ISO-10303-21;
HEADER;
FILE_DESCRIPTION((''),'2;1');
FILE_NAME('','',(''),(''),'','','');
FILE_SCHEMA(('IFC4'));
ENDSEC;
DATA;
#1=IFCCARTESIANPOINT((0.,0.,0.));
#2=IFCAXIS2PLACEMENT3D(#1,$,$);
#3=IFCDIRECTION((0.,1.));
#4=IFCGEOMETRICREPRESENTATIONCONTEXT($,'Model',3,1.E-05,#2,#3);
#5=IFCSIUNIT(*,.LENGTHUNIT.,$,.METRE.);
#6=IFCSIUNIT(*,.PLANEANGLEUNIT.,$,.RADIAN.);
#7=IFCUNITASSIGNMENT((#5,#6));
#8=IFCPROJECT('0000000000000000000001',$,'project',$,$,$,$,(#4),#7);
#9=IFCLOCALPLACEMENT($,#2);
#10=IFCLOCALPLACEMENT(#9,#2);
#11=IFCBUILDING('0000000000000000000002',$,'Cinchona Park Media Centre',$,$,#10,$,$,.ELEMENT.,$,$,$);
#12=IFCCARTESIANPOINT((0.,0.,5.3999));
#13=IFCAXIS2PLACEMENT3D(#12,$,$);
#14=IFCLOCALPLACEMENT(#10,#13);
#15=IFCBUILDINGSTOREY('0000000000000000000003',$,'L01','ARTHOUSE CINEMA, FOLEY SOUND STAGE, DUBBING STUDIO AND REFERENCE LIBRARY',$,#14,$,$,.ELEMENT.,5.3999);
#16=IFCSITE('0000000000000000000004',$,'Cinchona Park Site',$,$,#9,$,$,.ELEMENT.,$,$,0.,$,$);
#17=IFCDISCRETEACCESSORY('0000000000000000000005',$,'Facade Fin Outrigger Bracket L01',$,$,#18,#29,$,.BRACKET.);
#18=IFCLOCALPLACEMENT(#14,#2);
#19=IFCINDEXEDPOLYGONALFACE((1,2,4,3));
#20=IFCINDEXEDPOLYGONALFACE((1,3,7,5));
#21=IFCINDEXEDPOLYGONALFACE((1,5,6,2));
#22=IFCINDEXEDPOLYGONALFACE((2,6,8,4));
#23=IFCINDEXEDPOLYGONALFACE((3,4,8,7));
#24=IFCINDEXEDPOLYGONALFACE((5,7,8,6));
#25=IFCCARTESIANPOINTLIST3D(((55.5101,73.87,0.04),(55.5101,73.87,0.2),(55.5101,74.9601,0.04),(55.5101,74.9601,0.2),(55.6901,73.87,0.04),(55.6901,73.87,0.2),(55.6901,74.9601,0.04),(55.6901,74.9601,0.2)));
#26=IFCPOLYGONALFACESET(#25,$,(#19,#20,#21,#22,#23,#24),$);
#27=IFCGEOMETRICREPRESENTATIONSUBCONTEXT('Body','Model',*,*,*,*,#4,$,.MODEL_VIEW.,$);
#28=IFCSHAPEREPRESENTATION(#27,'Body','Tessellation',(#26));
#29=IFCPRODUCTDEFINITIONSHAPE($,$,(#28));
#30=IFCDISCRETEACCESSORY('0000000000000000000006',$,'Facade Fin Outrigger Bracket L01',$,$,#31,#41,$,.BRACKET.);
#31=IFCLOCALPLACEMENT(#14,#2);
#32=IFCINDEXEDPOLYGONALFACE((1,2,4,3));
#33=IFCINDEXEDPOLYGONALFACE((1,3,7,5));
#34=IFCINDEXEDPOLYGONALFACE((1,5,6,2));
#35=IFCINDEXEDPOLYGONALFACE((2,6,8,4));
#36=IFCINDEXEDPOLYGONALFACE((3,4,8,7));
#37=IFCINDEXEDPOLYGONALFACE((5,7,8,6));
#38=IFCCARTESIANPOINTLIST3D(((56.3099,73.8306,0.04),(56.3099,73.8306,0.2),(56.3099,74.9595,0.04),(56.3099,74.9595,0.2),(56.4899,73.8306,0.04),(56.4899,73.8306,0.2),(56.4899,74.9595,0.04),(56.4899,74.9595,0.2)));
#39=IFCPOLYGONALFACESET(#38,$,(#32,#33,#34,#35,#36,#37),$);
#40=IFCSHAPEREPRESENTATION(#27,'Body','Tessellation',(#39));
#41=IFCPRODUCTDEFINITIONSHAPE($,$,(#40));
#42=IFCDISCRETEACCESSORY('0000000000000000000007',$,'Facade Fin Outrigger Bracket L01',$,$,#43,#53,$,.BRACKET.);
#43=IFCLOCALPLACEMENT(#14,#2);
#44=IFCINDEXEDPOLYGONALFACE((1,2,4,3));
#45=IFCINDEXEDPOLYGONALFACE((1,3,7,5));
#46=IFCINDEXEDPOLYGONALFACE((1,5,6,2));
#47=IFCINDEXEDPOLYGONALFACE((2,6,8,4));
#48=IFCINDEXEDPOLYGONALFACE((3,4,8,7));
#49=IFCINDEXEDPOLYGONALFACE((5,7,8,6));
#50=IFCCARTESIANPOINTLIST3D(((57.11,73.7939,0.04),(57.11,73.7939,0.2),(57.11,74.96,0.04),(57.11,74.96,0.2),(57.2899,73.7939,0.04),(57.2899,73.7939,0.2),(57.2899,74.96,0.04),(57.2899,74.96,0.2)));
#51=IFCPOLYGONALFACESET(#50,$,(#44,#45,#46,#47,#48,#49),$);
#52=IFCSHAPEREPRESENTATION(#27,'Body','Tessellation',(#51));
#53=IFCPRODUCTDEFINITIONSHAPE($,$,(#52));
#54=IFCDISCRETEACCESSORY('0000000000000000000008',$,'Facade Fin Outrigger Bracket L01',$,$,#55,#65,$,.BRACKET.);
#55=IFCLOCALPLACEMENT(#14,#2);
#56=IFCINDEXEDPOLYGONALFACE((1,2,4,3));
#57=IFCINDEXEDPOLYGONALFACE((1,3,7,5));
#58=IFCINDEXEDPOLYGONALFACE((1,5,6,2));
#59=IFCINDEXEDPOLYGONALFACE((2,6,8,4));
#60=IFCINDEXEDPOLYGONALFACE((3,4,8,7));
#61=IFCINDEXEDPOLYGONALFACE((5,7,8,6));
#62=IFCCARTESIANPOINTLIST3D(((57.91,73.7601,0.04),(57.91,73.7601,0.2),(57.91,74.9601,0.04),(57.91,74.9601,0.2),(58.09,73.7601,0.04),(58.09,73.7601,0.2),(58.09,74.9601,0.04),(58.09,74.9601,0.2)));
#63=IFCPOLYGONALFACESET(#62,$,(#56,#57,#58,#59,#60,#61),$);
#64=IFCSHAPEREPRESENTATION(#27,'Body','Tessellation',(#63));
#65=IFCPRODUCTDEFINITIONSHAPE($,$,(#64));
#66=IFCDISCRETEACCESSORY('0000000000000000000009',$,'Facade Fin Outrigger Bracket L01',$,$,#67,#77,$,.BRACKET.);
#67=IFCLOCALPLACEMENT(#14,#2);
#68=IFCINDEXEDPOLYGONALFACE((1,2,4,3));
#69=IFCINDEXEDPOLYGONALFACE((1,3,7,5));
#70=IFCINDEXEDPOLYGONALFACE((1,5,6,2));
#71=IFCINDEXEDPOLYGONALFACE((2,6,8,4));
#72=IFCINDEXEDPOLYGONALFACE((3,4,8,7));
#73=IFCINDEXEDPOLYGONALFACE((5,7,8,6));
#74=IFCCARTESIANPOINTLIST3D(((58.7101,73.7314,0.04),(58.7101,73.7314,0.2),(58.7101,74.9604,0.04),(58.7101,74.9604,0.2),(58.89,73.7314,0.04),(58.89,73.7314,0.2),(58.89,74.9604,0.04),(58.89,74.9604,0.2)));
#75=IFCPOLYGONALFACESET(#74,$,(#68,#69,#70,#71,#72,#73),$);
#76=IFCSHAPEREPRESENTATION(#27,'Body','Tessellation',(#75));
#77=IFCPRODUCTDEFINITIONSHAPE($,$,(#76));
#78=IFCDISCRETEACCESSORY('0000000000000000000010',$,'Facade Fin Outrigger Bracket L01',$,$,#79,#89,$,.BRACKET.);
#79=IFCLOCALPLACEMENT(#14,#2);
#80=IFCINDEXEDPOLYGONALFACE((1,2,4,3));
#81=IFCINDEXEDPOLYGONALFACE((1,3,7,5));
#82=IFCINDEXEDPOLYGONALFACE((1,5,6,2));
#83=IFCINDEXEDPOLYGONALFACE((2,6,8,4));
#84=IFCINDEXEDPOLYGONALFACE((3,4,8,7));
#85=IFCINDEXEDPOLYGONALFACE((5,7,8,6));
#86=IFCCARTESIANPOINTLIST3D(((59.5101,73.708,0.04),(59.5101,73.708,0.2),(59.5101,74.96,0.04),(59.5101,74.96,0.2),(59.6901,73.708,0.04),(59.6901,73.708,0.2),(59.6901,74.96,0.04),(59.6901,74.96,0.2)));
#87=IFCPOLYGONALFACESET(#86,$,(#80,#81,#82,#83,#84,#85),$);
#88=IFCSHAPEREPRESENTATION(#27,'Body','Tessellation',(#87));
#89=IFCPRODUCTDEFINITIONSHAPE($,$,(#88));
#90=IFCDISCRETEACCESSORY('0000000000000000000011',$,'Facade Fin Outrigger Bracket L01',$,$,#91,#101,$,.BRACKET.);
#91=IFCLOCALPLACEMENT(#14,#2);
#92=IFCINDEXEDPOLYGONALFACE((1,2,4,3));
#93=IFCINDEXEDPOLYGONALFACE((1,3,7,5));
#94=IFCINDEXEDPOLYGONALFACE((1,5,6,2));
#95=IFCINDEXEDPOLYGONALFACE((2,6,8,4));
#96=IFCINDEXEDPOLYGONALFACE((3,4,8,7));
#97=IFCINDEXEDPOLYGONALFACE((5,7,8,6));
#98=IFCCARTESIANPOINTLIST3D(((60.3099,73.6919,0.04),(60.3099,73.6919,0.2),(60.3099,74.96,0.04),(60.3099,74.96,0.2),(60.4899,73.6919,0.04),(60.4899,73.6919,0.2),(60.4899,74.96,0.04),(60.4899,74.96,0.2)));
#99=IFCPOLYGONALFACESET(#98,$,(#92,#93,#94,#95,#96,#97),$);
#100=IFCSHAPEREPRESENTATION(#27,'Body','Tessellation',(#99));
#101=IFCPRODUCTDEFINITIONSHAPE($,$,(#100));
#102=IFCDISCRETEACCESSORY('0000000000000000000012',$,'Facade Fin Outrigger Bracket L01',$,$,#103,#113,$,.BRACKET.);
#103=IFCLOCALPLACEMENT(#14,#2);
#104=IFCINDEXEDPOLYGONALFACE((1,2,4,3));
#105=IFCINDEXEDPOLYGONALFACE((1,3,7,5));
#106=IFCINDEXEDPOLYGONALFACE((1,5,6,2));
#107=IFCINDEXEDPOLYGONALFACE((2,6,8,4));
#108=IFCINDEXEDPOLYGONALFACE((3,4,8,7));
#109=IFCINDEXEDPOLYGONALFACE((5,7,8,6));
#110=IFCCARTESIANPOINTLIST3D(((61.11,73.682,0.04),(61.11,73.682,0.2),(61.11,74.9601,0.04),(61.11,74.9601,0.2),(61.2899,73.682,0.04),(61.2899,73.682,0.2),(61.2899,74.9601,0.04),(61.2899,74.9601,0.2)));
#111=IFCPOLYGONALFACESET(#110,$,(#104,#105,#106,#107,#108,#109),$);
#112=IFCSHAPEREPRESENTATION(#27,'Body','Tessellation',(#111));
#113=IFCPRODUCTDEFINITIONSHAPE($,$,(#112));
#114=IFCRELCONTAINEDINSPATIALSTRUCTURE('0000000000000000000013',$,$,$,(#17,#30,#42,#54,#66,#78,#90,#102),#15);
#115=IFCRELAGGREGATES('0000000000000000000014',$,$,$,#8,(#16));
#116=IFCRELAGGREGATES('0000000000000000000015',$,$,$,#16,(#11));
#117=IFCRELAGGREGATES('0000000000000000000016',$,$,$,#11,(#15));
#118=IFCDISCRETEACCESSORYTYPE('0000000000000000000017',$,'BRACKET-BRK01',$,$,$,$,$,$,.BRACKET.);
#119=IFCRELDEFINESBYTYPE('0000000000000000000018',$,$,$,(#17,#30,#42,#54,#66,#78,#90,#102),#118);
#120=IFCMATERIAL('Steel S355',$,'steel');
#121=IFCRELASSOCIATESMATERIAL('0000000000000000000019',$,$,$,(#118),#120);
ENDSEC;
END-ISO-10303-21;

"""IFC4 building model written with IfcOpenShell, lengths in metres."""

from ifc_helpers import new_model, si_unit, direction, frame, origin, origin_2d, place, context, subcontext, project, spatial, rectangle, extrude, material, type_object, element, save


model = new_model("IFC4")

# Units and contexts
model_context = context("Model", 3, precision=1e-05, world=origin(), true_north=direction((0.0, 1.0)))
body_context = subcontext(model_context, "Body", "Model", "MODEL_VIEW")
ifc_project = project(units=[si_unit("LENGTHUNIT", "METRE"), si_unit("PLANEANGLEUNIT", "RADIAN")], contexts=[model_context])

# Site, building, storey
site_placement = place(None, origin())
site = spatial("IfcSite", under=ifc_project, at=site_placement, Name="Cinchona Park Site", CompositionType="ELEMENT", RefElevation=0.0)
building_placement = place(site_placement, origin())
building = spatial("IfcBuilding", under=site, at=building_placement, Name="Cinchona Park Media Centre", CompositionType="ELEMENT")
storey_placement = place(building_placement, frame((0.0, 0.0, 5.3999)))
storey = spatial("IfcBuildingStorey", under=building, at=storey_placement, Name="L01", Description="ARTHOUSE CINEMA, FOLEY SOUND STAGE, DUBBING STUDIO AND REFERENCE LIBRARY", CompositionType="ELEMENT", Elevation=5.3999)

# Discrete accessories
ifc_material_1 = material(Name="Steel S355", Category="steel")
discrete_accessory_type = type_object("IfcDiscreteAccessoryType", Name="BRACKET-BRK01", PredefinedType="BRACKET", material=ifc_material_1)
discrete_accessory_1_placement = place(storey_placement, frame((55.6001, 74.415, 0.04), z_axis=(0.0, 0.0, 1.0), x_axis=(1.0, 0.0, 0.0)))
element("IfcDiscreteAccessory", 1, at=discrete_accessory_1_placement, inside=storey, type_object=discrete_accessory_type, Name="Facade Fin Outrigger Bracket L01", PredefinedType="BRACKET", context=body_context, shape_type="SweptSolid", body=[
    extrude(rectangle(XDim=0.1799, YDim=1.0901, at=origin_2d()), origin(), (0.0, 0.0, 1.0), 0.1599),
])
discrete_accessory_2_placement = place(storey_placement, frame((56.3999, 74.395, 0.04), z_axis=(0.0, 0.0, 1.0), x_axis=(1.0, 0.0, 0.0)))
element("IfcDiscreteAccessory", 2, at=discrete_accessory_2_placement, inside=storey, type_object=discrete_accessory_type, Name="Facade Fin Outrigger Bracket L01", PredefinedType="BRACKET", context=body_context, shape_type="SweptSolid", body=[
    extrude(rectangle(XDim=0.1799, YDim=1.1289, at=origin_2d()), origin(), (0.0, 0.0, 1.0), 0.1599),
])
discrete_accessory_3_placement = place(storey_placement, frame((57.2, 74.377, 0.04), z_axis=(0.0, 0.0, 1.0), x_axis=(1.0, 0.0, 0.0)))
element("IfcDiscreteAccessory", 3, at=discrete_accessory_3_placement, inside=storey, type_object=discrete_accessory_type, Name="Facade Fin Outrigger Bracket L01", PredefinedType="BRACKET", context=body_context, shape_type="SweptSolid", body=[
    extrude(rectangle(XDim=0.1799, YDim=1.166, at=origin_2d()), origin(), (0.0, 0.0, 1.0), 0.1599),
])
discrete_accessory_4_placement = place(storey_placement, frame((58.0, 74.3601, 0.04), z_axis=(0.0, 0.0, 1.0), x_axis=(1.0, 0.0, 0.0)))
element("IfcDiscreteAccessory", 4, at=discrete_accessory_4_placement, inside=storey, type_object=discrete_accessory_type, Name="Facade Fin Outrigger Bracket L01", PredefinedType="BRACKET", context=body_context, shape_type="SweptSolid", body=[
    extrude(rectangle(XDim=0.1799, YDim=1.2, at=origin_2d()), origin(), (0.0, 0.0, 1.0), 0.1599),
])
discrete_accessory_5_placement = place(storey_placement, frame((58.8, 74.3459, 0.04), z_axis=(0.0, 0.0, 1.0), x_axis=(1.0, 0.0, 0.0)))
element("IfcDiscreteAccessory", 5, at=discrete_accessory_5_placement, inside=storey, type_object=discrete_accessory_type, Name="Facade Fin Outrigger Bracket L01", PredefinedType="BRACKET", context=body_context, shape_type="SweptSolid", body=[
    extrude(rectangle(XDim=0.1799, YDim=1.229, at=origin_2d()), origin(), (0.0, 0.0, 1.0), 0.1599),
])
discrete_accessory_6_placement = place(storey_placement, frame((59.6001, 74.334, 0.04), z_axis=(0.0, 0.0, 1.0), x_axis=(1.0, 0.0, 0.0)))
element("IfcDiscreteAccessory", 6, at=discrete_accessory_6_placement, inside=storey, type_object=discrete_accessory_type, Name="Facade Fin Outrigger Bracket L01", PredefinedType="BRACKET", context=body_context, shape_type="SweptSolid", body=[
    extrude(rectangle(XDim=0.1799, YDim=1.252, at=origin_2d()), origin(), (0.0, 0.0, 1.0), 0.1599),
])
discrete_accessory_7_placement = place(storey_placement, frame((60.3999, 74.3259, 0.04), z_axis=(0.0, 0.0, 1.0), x_axis=(1.0, 0.0, 0.0)))
element("IfcDiscreteAccessory", 7, at=discrete_accessory_7_placement, inside=storey, type_object=discrete_accessory_type, Name="Facade Fin Outrigger Bracket L01", PredefinedType="BRACKET", context=body_context, shape_type="SweptSolid", body=[
    extrude(rectangle(XDim=0.1799, YDim=1.2681, at=origin_2d()), origin(), (0.0, 0.0, 1.0), 0.1599),
])
discrete_accessory_8_placement = place(storey_placement, frame((61.2, 74.321, 0.04), z_axis=(0.0, 0.0, 1.0), x_axis=(1.0, 0.0, 0.0)))
element("IfcDiscreteAccessory", 8, at=discrete_accessory_8_placement, inside=storey, type_object=discrete_accessory_type, Name="Facade Fin Outrigger Bracket L01", PredefinedType="BRACKET", context=body_context, shape_type="SweptSolid", body=[
    extrude(rectangle(XDim=0.1799, YDim=1.2781, at=origin_2d()), origin(), (0.0, 0.0, 1.0), 0.1599),
])

save(model, "model.ifc")
